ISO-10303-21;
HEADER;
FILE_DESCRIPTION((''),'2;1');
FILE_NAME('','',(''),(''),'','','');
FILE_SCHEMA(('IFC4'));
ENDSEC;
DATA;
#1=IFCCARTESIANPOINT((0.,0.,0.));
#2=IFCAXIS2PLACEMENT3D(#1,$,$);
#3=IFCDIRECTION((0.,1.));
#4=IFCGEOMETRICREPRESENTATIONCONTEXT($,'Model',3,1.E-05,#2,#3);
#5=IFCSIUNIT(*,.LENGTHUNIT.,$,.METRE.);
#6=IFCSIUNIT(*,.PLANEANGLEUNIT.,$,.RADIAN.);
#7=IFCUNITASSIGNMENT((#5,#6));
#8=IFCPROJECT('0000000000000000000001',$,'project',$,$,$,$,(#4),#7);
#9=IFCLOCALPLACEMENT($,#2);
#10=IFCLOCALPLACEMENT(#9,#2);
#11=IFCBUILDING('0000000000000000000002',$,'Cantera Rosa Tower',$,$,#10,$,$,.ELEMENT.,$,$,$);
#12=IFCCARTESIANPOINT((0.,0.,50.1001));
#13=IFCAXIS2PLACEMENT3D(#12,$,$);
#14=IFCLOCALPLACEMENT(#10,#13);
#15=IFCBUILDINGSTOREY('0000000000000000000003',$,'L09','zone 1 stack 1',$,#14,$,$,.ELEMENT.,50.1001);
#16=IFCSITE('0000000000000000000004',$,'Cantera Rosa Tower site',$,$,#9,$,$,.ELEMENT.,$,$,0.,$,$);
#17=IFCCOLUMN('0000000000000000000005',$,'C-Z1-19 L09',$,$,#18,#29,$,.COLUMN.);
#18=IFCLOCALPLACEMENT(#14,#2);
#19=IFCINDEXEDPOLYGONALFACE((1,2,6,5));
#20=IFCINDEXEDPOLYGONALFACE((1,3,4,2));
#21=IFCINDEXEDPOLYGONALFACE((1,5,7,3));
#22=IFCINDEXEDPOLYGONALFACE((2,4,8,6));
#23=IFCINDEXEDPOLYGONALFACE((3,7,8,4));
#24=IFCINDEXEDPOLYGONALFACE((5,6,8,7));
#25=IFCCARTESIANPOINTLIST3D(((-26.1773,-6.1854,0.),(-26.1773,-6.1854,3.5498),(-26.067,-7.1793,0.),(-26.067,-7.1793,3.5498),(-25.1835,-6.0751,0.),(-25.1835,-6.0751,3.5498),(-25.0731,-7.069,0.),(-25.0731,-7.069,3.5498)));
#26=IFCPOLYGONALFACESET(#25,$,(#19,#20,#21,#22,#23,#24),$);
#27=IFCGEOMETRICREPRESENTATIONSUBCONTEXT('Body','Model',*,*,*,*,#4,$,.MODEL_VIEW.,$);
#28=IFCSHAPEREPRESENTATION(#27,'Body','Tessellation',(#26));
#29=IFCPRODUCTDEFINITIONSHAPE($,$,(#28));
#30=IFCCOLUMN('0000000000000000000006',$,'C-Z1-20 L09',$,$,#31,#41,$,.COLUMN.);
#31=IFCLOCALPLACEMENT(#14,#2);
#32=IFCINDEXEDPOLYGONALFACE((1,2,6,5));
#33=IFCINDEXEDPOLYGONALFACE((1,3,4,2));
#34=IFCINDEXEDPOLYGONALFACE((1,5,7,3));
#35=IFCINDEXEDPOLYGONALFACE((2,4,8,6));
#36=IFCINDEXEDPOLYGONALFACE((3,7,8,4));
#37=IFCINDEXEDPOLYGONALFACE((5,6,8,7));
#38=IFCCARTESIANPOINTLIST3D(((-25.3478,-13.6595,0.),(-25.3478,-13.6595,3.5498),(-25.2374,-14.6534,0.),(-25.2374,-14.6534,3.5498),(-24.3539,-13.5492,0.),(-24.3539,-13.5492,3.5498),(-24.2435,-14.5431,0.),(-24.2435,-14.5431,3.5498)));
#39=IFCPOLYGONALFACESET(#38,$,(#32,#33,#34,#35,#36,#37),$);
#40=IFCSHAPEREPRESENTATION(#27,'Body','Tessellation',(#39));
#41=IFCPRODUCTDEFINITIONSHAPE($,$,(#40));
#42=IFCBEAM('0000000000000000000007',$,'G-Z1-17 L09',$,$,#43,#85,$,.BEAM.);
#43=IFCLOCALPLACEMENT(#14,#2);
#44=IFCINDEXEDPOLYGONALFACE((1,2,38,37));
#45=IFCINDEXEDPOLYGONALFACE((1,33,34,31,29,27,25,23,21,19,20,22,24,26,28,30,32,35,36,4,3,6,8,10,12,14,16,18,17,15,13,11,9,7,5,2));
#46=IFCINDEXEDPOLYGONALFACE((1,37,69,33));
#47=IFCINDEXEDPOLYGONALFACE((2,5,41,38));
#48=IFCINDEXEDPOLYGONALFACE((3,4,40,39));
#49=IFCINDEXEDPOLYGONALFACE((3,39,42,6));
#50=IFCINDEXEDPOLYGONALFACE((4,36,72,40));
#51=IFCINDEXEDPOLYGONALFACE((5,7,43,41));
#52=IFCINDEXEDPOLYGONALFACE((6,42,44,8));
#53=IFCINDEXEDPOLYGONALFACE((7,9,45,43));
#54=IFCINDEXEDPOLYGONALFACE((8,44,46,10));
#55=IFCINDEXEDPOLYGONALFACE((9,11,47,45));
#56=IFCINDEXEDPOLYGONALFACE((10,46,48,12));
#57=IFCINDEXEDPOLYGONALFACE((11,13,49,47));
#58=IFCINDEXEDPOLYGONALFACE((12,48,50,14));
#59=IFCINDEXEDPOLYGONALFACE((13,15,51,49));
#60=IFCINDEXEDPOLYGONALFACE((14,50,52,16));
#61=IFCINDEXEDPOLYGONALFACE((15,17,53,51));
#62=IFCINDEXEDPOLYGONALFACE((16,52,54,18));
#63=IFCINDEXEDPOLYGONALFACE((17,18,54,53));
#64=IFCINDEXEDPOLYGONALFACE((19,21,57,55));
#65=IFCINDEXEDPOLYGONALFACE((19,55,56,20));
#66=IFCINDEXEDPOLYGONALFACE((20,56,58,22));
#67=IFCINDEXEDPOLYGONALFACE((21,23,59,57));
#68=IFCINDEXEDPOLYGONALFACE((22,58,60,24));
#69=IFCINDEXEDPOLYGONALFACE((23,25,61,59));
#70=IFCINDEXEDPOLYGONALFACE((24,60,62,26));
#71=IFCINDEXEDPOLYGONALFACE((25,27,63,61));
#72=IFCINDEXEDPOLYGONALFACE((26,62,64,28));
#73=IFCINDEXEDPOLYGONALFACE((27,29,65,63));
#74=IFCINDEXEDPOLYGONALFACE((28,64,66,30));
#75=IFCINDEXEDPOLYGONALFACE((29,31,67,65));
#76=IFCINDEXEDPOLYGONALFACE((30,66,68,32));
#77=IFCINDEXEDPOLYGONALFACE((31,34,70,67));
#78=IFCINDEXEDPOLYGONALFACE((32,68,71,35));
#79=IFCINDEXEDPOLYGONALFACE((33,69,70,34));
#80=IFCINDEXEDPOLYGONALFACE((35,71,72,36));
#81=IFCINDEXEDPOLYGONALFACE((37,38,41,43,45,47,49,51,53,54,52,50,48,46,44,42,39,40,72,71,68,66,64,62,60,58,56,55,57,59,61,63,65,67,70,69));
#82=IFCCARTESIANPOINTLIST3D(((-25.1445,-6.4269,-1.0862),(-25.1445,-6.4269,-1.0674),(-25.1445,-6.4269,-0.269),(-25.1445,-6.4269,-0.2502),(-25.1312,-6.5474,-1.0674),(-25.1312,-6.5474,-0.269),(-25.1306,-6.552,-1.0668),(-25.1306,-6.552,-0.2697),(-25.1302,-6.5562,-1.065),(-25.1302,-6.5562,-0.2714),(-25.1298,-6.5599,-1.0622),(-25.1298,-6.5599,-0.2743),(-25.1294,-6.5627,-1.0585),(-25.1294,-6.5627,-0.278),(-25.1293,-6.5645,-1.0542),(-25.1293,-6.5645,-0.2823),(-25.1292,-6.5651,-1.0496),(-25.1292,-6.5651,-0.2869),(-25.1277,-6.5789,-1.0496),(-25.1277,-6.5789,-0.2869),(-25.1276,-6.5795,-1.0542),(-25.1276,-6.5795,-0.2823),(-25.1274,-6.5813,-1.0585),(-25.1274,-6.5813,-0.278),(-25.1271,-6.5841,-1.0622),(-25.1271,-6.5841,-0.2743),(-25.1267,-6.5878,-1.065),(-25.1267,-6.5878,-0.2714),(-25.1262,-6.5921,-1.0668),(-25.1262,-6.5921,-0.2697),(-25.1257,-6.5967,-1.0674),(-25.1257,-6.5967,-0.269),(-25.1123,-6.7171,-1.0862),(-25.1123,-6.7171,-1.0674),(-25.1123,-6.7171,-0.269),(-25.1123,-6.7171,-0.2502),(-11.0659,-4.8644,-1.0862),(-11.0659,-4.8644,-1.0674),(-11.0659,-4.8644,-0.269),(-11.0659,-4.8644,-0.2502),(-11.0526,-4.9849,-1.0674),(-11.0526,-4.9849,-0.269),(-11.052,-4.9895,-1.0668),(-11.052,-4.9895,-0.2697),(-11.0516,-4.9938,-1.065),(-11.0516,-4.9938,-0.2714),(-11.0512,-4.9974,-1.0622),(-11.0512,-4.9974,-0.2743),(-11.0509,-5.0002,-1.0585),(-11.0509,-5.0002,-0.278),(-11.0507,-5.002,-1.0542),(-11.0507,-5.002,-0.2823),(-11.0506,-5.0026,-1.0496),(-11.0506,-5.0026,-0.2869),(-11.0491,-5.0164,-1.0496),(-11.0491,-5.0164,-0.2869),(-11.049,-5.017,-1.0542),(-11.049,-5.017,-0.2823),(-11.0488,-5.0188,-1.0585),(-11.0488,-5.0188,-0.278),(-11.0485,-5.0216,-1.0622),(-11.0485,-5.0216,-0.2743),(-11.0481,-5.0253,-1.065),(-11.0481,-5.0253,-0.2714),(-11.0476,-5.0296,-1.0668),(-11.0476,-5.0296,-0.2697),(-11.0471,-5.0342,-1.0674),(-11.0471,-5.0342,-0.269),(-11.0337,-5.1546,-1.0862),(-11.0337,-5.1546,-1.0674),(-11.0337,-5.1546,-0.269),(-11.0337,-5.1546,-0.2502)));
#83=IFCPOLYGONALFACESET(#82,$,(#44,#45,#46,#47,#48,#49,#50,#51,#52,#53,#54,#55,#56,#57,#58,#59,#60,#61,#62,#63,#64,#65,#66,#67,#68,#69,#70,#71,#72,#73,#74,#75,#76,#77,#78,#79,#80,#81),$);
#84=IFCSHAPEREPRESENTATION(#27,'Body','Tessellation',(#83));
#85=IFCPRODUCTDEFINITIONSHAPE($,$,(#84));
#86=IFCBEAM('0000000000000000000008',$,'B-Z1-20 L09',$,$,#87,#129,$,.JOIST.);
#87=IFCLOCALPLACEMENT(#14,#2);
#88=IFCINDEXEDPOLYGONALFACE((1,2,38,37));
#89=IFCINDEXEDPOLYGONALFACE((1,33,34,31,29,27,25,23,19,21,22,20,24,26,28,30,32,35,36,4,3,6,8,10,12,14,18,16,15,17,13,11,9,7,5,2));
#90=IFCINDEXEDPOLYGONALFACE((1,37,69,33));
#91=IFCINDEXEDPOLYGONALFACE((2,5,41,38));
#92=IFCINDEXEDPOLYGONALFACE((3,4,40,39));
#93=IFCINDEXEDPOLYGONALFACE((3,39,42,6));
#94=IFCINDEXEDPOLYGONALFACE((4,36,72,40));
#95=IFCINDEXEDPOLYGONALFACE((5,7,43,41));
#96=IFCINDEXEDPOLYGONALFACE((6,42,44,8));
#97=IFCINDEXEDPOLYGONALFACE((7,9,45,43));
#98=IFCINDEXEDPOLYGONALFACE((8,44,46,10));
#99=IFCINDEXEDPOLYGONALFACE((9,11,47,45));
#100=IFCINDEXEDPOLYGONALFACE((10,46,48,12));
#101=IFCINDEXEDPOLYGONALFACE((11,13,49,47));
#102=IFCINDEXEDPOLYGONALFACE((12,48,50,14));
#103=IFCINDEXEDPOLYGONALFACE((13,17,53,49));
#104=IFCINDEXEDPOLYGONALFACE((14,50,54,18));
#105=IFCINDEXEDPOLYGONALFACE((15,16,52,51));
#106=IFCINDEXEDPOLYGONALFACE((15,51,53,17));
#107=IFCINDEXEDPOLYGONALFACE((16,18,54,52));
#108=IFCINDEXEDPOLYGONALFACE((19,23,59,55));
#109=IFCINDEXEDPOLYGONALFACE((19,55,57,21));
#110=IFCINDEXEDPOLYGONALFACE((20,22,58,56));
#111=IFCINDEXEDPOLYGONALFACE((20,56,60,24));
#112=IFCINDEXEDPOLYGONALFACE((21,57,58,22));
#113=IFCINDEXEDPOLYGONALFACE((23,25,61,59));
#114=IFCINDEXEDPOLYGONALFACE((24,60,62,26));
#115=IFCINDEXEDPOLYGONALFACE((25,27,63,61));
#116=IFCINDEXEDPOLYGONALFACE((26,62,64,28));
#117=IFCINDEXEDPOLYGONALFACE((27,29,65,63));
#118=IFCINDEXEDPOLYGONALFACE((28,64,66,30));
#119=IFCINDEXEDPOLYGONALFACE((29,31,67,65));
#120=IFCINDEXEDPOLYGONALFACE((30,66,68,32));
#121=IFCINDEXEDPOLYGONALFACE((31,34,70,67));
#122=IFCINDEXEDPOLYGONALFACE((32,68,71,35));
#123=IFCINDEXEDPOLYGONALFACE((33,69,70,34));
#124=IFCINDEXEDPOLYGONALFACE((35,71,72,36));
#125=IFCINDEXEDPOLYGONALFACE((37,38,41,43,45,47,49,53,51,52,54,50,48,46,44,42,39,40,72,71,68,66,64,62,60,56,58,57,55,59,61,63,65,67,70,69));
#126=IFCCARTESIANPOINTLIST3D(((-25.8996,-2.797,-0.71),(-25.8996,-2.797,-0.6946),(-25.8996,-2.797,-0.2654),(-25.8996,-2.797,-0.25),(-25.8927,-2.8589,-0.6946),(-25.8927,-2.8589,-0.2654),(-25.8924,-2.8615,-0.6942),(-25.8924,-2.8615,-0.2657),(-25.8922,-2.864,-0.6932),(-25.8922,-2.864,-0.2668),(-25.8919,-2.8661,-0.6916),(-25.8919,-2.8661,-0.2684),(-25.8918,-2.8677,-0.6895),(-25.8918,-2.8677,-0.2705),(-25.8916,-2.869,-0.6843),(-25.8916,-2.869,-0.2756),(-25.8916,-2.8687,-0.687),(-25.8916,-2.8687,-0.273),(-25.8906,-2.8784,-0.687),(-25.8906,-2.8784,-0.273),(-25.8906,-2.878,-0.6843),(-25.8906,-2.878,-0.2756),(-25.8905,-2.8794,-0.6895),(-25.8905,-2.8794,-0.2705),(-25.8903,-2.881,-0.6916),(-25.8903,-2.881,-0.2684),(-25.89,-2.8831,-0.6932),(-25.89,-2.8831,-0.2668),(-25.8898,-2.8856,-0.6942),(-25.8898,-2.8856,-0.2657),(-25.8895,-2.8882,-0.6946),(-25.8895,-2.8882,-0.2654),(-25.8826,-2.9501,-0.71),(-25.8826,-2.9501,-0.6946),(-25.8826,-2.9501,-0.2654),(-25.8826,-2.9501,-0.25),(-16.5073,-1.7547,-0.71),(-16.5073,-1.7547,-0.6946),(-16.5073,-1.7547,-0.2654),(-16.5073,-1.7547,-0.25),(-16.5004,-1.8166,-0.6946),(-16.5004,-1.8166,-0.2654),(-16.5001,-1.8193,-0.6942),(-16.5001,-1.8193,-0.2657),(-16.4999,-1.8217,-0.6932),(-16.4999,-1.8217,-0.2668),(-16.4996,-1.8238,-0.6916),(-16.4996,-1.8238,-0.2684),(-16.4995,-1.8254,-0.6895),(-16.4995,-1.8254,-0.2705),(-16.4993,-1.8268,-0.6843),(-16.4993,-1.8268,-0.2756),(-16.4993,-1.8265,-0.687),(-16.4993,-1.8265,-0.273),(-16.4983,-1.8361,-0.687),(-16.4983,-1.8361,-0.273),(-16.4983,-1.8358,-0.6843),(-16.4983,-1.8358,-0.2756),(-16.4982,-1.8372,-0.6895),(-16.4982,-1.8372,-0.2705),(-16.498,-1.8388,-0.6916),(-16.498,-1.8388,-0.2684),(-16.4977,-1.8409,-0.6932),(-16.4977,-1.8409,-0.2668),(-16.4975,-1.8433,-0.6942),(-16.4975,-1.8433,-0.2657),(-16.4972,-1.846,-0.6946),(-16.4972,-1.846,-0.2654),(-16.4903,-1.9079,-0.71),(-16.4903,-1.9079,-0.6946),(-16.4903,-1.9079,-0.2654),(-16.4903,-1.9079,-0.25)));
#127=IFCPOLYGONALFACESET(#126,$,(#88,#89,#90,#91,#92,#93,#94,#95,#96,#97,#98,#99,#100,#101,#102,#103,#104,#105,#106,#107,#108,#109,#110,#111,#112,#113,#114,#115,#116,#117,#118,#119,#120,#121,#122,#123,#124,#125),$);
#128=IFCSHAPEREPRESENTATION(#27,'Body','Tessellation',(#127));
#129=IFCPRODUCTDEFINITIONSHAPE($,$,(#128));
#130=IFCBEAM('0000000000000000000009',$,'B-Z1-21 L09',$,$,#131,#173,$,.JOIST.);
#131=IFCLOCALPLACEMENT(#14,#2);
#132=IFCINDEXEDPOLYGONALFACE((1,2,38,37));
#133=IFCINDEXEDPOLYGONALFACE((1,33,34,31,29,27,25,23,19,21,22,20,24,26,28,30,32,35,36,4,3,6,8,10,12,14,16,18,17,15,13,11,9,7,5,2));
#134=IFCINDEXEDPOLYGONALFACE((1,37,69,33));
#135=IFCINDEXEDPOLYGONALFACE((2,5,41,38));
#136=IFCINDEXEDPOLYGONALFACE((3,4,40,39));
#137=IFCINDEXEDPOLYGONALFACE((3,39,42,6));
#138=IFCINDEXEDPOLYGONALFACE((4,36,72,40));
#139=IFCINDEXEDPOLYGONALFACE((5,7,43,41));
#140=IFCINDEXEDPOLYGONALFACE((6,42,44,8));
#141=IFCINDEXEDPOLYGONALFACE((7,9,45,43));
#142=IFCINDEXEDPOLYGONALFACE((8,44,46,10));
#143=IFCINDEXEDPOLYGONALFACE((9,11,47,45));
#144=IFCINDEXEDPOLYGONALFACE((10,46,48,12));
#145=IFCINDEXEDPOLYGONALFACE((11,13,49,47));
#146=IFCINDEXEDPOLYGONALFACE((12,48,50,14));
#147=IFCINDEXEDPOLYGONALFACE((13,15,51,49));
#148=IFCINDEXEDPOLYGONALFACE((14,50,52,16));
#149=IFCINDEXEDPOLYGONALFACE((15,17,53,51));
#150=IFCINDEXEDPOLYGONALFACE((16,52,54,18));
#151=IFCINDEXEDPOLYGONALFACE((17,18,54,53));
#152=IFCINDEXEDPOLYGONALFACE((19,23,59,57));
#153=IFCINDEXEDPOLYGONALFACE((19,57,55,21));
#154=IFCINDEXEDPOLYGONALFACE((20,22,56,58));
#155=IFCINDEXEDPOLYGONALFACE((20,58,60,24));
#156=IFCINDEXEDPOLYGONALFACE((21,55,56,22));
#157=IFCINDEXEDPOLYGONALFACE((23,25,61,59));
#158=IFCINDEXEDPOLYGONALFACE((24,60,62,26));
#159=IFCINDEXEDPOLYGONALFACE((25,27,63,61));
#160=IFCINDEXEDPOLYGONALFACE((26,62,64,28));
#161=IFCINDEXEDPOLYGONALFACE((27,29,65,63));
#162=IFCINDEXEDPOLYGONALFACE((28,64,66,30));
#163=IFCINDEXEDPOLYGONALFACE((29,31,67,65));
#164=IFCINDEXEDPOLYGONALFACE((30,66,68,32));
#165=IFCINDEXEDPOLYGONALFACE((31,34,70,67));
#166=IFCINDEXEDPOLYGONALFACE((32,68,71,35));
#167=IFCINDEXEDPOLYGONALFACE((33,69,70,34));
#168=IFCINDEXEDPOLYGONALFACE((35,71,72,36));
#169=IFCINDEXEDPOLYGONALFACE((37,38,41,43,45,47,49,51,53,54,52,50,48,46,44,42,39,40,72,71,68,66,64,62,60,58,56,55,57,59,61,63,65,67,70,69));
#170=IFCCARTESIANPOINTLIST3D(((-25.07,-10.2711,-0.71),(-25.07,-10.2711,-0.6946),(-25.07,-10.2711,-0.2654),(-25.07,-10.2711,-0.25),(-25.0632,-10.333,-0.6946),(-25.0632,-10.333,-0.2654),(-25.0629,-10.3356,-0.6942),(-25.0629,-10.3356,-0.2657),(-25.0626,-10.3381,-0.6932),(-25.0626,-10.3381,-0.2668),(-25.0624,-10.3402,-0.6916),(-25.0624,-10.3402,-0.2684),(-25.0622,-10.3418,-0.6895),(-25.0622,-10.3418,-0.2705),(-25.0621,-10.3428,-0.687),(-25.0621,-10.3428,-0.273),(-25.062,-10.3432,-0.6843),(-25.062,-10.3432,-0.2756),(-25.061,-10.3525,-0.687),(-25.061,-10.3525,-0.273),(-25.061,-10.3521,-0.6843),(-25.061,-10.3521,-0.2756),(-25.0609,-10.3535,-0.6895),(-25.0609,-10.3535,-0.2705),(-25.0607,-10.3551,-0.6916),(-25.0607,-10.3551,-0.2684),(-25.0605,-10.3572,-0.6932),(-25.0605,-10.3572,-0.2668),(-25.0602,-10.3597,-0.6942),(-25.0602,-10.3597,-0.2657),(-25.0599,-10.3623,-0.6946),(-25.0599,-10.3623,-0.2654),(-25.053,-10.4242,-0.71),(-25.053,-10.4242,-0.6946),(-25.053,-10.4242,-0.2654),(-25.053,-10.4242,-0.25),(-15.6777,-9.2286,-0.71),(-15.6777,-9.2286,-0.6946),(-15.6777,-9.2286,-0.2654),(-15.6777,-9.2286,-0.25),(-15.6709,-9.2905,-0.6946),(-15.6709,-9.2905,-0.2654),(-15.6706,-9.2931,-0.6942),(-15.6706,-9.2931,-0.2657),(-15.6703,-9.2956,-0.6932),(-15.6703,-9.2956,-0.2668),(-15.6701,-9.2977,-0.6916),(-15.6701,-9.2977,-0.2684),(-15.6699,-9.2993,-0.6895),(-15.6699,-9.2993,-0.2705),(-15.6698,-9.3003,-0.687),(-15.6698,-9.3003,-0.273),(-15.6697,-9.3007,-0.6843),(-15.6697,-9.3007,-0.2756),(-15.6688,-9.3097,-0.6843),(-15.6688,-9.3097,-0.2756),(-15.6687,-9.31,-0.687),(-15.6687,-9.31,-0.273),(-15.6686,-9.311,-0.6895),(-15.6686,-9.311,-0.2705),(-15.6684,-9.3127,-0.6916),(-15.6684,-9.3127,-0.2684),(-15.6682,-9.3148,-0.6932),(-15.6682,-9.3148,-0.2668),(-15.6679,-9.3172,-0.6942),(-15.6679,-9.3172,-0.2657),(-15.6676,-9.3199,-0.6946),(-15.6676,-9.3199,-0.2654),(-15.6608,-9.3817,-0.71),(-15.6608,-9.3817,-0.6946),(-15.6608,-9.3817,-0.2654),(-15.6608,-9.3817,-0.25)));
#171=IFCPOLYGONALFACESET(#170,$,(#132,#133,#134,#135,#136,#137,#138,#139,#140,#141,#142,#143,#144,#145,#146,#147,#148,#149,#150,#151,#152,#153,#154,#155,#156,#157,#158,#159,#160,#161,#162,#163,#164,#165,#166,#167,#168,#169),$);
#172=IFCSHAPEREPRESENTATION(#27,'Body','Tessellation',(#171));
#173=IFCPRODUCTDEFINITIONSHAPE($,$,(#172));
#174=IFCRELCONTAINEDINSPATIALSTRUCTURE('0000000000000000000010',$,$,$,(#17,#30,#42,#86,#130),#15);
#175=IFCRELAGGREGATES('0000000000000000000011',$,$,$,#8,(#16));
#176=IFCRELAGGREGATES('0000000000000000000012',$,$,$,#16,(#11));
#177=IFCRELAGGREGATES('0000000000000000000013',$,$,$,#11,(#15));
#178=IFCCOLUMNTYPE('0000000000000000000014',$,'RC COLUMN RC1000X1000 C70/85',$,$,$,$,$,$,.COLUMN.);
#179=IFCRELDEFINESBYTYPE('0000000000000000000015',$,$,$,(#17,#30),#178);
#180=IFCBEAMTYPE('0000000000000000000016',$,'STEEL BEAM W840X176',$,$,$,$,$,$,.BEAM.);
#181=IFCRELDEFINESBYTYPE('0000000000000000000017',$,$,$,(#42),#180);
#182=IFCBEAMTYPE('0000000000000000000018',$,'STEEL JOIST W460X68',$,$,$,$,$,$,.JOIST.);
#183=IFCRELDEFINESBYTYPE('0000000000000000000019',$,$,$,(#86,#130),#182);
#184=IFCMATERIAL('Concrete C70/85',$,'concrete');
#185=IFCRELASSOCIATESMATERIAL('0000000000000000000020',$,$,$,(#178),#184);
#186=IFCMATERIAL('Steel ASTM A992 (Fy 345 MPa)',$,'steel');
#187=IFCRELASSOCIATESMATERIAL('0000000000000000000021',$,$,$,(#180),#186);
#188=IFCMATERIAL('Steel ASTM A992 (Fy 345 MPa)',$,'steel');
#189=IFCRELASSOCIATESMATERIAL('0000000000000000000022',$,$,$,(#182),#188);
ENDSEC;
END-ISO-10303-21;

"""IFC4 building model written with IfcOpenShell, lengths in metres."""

from ifc_helpers import new_model, si_unit, direction, frame, origin, origin_2d, place, context, subcontext, project, spatial, rectangle, i_section, extrude, material, material_profile, profile_set, type_object, element, save


model = new_model("IFC4")

# Units and contexts
model_context = context("Model", 3, precision=1e-05, world=origin(), true_north=direction((0.0, 1.0)))
body_context = subcontext(model_context, "Body", "Model", "MODEL_VIEW")
ifc_project = project(units=[si_unit("LENGTHUNIT", "METRE"), si_unit("PLANEANGLEUNIT", "RADIAN")], contexts=[model_context])

# Site, building, storey
site_placement = place(None, origin())
site = spatial("IfcSite", under=ifc_project, at=site_placement, Name="Cantera Rosa Tower site", CompositionType="ELEMENT", RefElevation=0.0)
building_placement = place(site_placement, origin())
building = spatial("IfcBuilding", under=site, at=building_placement, Name="Cantera Rosa Tower", CompositionType="ELEMENT")
storey_placement = place(building_placement, frame((0.0, 0.0, 50.1001)))
storey = spatial("IfcBuildingStorey", under=building, at=storey_placement, Name="L09", Description="zone 1 stack 1", CompositionType="ELEMENT", Elevation=50.1001)

# Columns
ifc_material_1 = material(Name="Concrete C70/85", Category="concrete")
ifc_material_profile_1 = material_profile(ifc_material_1, rectangle(XDim=1.0, YDim=1.0, at=origin_2d()), Name="RC COLUMN RC1000X1000 C70/85")
ifc_profile_set_1 = profile_set([ifc_material_profile_1], Name="Concrete C70/85")
column_type = type_object("IfcColumnType", Name="RC COLUMN RC1000X1000 C70/85", PredefinedType="COLUMN", material=ifc_profile_set_1)
for number, where, z_axis, x_axis, name in (
    (1, (-25.6252, -6.6272, 0.0), (0.0, 0.0, 1.0), (0.993897, 0.110313, 0.0), "C-Z1-19 L09"),
    (2, (-24.7957, -14.1013, 0.0), (0.0, 0.0, 1.0), (0.993897, 0.110313, 0.0), "C-Z1-20 L09"),
):
    element("IfcColumn", number, at=place(storey_placement, frame(where, z_axis=z_axis, x_axis=x_axis)), inside=storey, type_object=column_type, Name=name, PredefinedType="COLUMN", context=body_context, shape_type="SweptSolid", body=[
        extrude(rectangle(XDim=1.0, YDim=1.0, at=origin_2d()), origin(), (0.0, 0.0, 1.0), 3.5498),
    ])

# Beams
ifc_material_2 = material(Name="Steel ASTM A992 (Fy 345 MPa)", Category="steel")
ifc_material_profile_2 = material_profile(ifc_material_2, i_section(OverallWidth=0.292, OverallDepth=0.8359, WebThickness=0.0139, FlangeThickness=0.0188, FilletRadius=0.0178, at=origin_2d()), Name="W840X176")
ifc_profile_set_2 = profile_set([ifc_material_profile_2], Name="Steel ASTM A992 (Fy 345 MPa)")
beam_type_1 = type_object("IfcBeamType", Name="STEEL BEAM W840X176", PredefinedType="BEAM", material=ifc_profile_set_2)
beam_1_placement = place(storey_placement, frame((-25.1284, -6.572, -0.6682), z_axis=(0.993898, 0.110307, 0.0), x_axis=(-0.110307, 0.993898, 0.0)))
element("IfcBeam", 3, at=beam_1_placement, inside=storey, type_object=beam_type_1, Name="G-Z1-17 L09", PredefinedType="BEAM", context=body_context, shape_type="SweptSolid", body=[
    extrude(i_section(OverallWidth=0.292, OverallDepth=0.8359, WebThickness=0.0139, FlangeThickness=0.0188, FilletRadius=0.0178, at=origin_2d()), origin(), (0.0, 0.0, 1.0), 14.165),
])
ifc_material_3 = material(Name="Steel ASTM A992 (Fy 345 MPa)", Category="steel")
ifc_material_profile_3 = material_profile(ifc_material_3, i_section(OverallWidth=0.1541, OverallDepth=0.46, WebThickness=0.009, FlangeThickness=0.0154, FilletRadius=0.0103, at=origin_2d()), Name="W460X68")
ifc_profile_set_3 = profile_set([ifc_material_profile_3], Name="Steel ASTM A992 (Fy 345 MPa)")
beam_type_2 = type_object("IfcBeamType", Name="STEEL JOIST W460X68", PredefinedType="JOIST", material=ifc_profile_set_3)
for number, where, z_axis, x_axis, name in (
    (4, (-25.8911, -2.8735, -0.48), (0.993899, 0.11029, 0.0), (-0.11029, 0.993899, 0.0), "B-Z1-20 L09"),
    (5, (-25.0615, -10.3477, -0.48), (0.993897, 0.110315, 0.0), (-0.110315, 0.993897, 0.0), "B-Z1-21 L09"),
):
    element("IfcBeam", number, at=place(storey_placement, frame(where, z_axis=z_axis, x_axis=x_axis)), inside=storey, type_object=beam_type_2, Name=name, PredefinedType="JOIST", context=body_context, shape_type="SweptSolid", body=[
        extrude(i_section(OverallWidth=0.1541, OverallDepth=0.46, WebThickness=0.009, FlangeThickness=0.0154, FilletRadius=0.0103, at=origin_2d()), origin(), (0.0, 0.0, 1.0), 9.45),
    ])

save(model, "model.ifc")
